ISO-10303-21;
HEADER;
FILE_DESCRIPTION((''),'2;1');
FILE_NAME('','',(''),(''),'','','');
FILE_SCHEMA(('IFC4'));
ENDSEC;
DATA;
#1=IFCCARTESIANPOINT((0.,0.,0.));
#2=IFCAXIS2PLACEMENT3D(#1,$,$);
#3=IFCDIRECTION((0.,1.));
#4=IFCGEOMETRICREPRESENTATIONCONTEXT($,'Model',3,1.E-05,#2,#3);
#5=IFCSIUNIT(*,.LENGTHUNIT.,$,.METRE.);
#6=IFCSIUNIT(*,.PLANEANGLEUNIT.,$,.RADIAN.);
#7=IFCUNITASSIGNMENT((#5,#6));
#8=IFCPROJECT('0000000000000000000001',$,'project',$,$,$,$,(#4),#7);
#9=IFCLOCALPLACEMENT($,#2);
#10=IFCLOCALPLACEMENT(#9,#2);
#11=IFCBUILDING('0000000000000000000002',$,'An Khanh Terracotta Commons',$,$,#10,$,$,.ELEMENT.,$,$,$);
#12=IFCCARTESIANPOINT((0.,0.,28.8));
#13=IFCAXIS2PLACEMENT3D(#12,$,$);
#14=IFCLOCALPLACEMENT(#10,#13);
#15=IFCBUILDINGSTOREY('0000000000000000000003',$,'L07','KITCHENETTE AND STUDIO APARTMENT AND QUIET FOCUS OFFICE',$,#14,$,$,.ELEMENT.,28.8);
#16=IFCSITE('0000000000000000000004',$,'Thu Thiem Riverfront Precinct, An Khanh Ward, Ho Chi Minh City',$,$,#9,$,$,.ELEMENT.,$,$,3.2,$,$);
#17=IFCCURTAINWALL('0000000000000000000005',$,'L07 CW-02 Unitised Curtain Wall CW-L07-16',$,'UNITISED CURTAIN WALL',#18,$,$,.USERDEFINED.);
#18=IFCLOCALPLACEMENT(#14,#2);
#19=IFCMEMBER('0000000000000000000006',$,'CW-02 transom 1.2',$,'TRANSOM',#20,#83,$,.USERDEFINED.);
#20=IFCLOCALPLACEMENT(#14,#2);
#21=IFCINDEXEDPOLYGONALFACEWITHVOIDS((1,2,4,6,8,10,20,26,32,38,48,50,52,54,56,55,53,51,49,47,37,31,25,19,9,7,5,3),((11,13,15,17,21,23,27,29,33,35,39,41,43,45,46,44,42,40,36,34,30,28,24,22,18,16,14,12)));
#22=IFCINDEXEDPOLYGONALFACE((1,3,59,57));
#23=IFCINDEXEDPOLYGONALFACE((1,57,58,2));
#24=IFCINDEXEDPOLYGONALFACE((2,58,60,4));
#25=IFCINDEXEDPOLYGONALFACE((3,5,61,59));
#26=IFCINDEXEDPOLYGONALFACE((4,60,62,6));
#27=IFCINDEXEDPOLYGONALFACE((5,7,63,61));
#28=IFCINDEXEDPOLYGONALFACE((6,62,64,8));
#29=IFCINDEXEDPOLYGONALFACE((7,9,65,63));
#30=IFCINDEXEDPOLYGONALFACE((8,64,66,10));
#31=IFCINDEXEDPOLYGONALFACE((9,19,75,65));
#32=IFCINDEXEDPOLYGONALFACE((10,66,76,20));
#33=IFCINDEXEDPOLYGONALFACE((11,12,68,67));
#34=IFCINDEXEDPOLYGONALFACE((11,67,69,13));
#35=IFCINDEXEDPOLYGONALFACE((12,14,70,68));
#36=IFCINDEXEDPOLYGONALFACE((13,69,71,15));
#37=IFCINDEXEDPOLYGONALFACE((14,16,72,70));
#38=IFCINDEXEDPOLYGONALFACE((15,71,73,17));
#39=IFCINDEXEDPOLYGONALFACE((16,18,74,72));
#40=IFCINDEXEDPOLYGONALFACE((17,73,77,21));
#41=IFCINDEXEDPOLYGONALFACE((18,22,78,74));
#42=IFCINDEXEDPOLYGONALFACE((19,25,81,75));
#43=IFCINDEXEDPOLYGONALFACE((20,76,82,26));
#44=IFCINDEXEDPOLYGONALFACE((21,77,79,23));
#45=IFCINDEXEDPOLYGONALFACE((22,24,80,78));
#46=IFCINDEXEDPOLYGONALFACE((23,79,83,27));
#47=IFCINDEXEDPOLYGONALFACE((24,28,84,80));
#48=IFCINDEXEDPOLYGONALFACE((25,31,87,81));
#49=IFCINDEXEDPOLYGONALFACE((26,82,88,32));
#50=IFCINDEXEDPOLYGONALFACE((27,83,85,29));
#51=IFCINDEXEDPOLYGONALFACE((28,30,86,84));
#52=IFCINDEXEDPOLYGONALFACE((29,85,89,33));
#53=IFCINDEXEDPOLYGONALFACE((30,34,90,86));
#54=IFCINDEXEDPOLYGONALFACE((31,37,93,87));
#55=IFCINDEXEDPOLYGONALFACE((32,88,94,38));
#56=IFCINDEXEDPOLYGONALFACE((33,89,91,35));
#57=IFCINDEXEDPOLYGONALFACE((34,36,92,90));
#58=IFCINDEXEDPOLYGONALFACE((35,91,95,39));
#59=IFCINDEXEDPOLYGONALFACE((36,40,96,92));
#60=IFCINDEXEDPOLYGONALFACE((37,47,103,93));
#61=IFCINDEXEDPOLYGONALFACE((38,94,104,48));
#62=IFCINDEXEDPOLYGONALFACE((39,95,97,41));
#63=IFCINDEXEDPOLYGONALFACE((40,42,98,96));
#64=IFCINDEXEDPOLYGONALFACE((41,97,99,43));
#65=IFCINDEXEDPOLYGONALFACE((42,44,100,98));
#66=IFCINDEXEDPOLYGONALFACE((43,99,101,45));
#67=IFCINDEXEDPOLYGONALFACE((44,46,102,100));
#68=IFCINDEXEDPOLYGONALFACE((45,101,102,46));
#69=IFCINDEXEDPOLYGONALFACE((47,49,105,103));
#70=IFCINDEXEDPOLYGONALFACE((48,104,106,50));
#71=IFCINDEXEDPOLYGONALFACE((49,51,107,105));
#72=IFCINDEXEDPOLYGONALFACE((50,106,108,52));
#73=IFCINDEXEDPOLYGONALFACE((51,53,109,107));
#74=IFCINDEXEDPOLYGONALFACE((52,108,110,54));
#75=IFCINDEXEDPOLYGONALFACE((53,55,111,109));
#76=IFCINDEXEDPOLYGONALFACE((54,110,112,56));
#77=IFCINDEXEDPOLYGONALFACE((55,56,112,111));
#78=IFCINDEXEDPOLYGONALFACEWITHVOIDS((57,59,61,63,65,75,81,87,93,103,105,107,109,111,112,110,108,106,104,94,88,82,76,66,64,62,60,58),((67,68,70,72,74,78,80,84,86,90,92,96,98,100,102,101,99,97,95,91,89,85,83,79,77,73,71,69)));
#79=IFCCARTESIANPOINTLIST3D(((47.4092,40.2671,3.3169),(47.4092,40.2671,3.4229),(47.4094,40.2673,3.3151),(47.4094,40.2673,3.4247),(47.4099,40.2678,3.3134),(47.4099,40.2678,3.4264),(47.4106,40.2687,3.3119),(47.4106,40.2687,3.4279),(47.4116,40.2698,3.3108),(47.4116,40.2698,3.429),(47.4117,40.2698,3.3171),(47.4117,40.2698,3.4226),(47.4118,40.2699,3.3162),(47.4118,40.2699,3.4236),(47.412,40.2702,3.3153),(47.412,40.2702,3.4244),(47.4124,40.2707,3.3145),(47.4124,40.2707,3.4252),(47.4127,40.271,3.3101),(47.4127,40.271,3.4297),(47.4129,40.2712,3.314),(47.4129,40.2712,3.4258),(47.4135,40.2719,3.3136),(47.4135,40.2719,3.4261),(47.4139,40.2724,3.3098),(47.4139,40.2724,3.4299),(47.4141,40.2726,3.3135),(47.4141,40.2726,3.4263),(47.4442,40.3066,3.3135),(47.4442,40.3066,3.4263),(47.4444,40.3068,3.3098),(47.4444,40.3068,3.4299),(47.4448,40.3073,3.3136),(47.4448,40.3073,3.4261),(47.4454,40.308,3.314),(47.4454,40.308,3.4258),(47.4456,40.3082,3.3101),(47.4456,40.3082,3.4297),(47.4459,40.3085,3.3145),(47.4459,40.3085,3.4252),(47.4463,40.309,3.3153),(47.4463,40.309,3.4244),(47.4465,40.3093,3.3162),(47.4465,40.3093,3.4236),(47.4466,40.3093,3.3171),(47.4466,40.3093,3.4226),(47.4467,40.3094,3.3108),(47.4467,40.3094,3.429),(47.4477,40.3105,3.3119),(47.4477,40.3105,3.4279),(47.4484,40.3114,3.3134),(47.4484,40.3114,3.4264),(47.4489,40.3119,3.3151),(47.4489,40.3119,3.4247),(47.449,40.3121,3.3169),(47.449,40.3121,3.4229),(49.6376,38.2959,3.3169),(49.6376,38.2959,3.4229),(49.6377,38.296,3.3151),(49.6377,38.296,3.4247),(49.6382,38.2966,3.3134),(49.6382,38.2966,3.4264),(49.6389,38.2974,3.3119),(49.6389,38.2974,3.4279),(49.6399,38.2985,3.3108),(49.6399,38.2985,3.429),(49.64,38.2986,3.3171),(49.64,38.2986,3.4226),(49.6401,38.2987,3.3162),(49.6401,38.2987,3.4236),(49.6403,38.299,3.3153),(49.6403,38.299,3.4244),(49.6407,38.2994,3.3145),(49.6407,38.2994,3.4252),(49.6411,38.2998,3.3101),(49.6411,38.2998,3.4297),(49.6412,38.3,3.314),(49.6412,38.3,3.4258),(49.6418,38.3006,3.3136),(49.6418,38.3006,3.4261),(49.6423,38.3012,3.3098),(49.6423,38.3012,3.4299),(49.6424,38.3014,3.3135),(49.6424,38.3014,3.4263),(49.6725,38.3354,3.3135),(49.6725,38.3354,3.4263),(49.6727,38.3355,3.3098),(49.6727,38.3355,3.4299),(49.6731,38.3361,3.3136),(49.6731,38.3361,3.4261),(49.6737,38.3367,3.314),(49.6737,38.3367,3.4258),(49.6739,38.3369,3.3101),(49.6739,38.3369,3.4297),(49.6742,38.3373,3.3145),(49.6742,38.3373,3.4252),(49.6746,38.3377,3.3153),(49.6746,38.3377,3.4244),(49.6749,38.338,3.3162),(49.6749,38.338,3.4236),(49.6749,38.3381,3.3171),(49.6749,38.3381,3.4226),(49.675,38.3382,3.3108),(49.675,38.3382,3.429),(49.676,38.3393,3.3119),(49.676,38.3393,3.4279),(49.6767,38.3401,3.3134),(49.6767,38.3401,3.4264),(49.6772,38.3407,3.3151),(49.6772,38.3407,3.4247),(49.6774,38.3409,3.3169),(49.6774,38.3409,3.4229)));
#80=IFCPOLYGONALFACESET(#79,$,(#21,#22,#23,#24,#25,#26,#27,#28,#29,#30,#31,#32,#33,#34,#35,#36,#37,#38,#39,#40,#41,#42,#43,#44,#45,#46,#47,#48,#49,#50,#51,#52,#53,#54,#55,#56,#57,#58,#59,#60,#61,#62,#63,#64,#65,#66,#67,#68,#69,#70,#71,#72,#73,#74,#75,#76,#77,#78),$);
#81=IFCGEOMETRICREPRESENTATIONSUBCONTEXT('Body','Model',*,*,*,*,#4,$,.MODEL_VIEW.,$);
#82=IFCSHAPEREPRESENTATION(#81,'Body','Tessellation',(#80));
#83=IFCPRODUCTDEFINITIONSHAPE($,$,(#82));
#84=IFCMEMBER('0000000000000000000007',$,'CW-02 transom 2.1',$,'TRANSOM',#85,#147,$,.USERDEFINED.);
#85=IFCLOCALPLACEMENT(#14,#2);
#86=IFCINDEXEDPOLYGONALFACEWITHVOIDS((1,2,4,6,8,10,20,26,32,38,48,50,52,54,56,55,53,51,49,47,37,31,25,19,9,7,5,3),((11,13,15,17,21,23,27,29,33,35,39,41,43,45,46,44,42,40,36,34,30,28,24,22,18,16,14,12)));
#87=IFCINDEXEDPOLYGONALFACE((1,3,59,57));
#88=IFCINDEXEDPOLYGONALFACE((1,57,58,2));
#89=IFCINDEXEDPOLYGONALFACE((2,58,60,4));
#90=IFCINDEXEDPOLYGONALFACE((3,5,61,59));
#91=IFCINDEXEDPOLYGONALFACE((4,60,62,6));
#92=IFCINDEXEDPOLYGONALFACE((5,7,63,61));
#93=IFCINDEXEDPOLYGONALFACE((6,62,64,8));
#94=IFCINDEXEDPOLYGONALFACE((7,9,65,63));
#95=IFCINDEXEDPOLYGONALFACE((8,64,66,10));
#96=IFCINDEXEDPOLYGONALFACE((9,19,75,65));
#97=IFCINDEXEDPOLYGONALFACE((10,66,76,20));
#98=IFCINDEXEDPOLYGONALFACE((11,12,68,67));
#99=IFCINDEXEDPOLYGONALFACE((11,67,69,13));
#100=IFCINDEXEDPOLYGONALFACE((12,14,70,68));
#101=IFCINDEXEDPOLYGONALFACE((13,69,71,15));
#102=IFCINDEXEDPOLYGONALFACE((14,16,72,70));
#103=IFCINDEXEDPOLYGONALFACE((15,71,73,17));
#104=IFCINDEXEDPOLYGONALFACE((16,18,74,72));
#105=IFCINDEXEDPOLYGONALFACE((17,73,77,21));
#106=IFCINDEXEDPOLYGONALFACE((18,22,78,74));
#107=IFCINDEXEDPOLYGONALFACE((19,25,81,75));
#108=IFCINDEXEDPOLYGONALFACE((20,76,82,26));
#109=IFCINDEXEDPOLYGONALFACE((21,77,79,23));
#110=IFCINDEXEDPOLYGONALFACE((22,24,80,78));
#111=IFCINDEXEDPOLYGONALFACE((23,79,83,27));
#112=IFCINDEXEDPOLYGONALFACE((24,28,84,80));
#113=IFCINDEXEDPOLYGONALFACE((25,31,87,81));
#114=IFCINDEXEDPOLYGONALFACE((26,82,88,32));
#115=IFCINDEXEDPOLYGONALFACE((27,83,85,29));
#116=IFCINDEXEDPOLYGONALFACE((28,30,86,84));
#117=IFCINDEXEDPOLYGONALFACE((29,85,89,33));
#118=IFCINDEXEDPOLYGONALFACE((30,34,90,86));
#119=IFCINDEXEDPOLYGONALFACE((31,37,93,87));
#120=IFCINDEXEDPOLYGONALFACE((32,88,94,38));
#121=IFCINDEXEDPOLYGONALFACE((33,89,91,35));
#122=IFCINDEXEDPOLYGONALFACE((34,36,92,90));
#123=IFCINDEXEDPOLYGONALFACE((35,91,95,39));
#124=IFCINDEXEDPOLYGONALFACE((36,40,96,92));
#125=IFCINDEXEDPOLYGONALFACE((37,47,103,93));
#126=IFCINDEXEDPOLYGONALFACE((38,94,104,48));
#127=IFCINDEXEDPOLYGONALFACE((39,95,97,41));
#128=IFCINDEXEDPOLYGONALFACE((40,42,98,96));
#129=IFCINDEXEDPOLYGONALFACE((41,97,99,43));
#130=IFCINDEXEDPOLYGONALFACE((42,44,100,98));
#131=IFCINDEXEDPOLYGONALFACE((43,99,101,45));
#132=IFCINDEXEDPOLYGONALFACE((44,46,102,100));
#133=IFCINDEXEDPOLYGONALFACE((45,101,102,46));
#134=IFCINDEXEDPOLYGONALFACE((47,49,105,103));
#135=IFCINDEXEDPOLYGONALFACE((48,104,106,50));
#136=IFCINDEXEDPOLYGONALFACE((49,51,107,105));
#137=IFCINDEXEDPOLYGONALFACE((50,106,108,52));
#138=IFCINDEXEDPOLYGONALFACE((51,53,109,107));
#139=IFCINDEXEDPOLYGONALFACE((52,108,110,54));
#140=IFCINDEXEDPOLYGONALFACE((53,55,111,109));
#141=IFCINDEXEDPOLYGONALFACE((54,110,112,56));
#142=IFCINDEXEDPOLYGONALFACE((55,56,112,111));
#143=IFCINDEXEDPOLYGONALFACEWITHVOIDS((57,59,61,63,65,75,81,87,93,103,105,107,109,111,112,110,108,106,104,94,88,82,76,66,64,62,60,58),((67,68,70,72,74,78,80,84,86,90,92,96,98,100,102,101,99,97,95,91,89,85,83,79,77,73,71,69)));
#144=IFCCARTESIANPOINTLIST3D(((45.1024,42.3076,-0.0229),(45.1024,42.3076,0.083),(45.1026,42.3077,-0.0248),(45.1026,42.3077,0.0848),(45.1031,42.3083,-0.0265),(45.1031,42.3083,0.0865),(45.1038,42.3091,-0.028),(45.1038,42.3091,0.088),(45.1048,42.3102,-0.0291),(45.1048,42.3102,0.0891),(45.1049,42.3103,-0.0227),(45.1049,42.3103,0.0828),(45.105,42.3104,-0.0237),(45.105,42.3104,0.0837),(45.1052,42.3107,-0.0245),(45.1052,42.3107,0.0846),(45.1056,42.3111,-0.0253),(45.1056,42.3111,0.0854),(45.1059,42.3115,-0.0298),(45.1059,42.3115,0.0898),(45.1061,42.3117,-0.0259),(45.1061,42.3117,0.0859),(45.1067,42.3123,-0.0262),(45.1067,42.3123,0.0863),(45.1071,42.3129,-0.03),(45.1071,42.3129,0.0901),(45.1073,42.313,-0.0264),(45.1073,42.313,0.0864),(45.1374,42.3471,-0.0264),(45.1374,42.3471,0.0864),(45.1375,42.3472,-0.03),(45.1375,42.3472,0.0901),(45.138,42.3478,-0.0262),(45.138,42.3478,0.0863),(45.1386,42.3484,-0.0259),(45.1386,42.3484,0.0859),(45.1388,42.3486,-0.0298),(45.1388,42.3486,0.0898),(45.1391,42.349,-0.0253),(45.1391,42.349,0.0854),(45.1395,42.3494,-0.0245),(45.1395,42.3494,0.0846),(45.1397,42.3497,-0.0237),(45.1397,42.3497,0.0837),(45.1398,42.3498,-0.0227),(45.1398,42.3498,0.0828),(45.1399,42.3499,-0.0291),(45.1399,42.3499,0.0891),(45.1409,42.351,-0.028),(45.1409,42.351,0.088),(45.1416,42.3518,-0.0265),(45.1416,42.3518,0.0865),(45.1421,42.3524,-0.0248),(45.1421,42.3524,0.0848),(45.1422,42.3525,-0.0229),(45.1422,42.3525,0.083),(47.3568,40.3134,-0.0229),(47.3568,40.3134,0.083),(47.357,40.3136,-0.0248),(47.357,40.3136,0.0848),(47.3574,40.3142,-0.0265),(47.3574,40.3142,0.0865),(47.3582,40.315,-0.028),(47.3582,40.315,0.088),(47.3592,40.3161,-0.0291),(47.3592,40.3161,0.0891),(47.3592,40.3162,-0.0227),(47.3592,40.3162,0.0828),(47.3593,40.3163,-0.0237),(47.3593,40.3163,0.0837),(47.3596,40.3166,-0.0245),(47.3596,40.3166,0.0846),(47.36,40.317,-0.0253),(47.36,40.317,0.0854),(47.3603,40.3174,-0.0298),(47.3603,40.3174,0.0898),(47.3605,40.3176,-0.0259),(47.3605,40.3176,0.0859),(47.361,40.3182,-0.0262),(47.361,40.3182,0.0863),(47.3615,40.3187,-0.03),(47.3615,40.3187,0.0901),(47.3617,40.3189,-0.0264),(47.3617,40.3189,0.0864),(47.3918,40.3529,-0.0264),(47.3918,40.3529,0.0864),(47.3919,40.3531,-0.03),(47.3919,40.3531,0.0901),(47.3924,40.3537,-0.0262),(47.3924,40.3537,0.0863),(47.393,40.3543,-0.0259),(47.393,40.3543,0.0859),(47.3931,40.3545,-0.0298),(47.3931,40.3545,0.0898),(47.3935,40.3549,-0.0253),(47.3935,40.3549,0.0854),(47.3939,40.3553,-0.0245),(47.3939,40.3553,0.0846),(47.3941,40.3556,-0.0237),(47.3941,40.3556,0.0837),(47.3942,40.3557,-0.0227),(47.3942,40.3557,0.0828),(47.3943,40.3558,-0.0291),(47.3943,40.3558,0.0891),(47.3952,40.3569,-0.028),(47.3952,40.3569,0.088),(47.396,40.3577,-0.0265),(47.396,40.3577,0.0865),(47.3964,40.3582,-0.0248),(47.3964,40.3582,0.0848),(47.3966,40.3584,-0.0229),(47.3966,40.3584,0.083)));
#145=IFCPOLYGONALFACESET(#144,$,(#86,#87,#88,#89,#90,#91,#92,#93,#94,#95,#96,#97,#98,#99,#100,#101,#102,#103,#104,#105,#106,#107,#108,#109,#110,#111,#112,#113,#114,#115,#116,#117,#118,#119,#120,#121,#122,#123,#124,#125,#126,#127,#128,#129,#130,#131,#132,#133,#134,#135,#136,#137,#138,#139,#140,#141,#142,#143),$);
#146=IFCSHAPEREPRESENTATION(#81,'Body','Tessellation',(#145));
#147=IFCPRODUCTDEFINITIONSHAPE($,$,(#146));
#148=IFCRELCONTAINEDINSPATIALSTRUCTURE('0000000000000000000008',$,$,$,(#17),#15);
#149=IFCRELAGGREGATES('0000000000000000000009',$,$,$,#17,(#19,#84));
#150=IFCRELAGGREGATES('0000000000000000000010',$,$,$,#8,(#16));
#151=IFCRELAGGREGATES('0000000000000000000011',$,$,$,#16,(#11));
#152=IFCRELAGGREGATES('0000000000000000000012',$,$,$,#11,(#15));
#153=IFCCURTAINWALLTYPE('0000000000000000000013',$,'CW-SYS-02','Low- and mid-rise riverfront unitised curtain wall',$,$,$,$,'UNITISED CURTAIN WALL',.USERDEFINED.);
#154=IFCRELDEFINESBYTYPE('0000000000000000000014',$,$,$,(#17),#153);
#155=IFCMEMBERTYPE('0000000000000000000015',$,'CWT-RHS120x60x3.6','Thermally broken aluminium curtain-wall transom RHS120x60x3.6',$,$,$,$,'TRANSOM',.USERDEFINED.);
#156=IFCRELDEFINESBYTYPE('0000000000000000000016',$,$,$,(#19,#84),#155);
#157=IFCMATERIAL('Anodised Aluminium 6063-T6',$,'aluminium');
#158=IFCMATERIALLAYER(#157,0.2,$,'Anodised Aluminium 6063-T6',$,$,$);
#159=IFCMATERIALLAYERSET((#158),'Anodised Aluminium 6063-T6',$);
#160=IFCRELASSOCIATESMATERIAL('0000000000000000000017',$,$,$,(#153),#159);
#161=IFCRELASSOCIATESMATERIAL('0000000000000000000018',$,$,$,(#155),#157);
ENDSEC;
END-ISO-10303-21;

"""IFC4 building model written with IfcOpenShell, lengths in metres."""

from ifc_helpers import new_model, si_unit, direction, frame, origin, origin_2d, place, context, subcontext, project, spatial, hollow_rectangle, extrude, material, layer, layer_set, material_profile, profile_set, type_object, element, aggregate, save


model = new_model("IFC4")

# Units and contexts
model_context = context("Model", 3, precision=1e-05, world=origin(), true_north=direction((0.0, 1.0)))
body_context = subcontext(model_context, "Body", "Model", "MODEL_VIEW")
ifc_project = project(units=[si_unit("LENGTHUNIT", "METRE"), si_unit("PLANEANGLEUNIT", "RADIAN")], contexts=[model_context])

# Site, building, storey
site_placement = place(None, origin())
site = spatial("IfcSite", under=ifc_project, at=site_placement, Name="Thu Thiem Riverfront Precinct, An Khanh Ward, Ho Chi Minh City", CompositionType="ELEMENT", RefElevation=3.2)
building_placement = place(site_placement, origin())
building = spatial("IfcBuilding", under=site, at=building_placement, Name="An Khanh Terracotta Commons", CompositionType="ELEMENT")
storey_placement = place(building_placement, frame((0.0, 0.0, 28.8)))
storey = spatial("IfcBuildingStorey", under=building, at=storey_placement, Name="L07", Description="KITCHENETTE AND STUDIO APARTMENT AND QUIET FOCUS OFFICE", CompositionType="ELEMENT", Elevation=28.8)

# Shared definitions
ifc_material_1 = material(Name="Anodised Aluminium 6063-T6", Category="aluminium")
ifc_layer_1 = layer(ifc_material_1, 0.2, Name="Anodised Aluminium 6063-T6")
ifc_layer_set_1 = layer_set([ifc_layer_1], Name="Anodised Aluminium 6063-T6")
curtain_wall_type = type_object("IfcCurtainWallType", Name="CW-SYS-02", Description="Low- and mid-rise riverfront unitised curtain wall", ElementType="UNITISED CURTAIN WALL", PredefinedType="USERDEFINED", material=ifc_layer_set_1)

# Curtain wall, members
curtain_wall_1_placement = place(storey_placement, origin())
curtain_wall_1 = element("IfcCurtainWall", 1, at=curtain_wall_1_placement, inside=storey, type_object=curtain_wall_type, Name="L07 CW-02 Unitised Curtain Wall CW-L07-16", ObjectType="UNITISED CURTAIN WALL", PredefinedType="USERDEFINED")
ifc_material_profile_1 = material_profile(ifc_material_1, hollow_rectangle(XDim=0.0601, YDim=0.1201, WallThickness=0.0037, InnerFilletRadius=0.0037, OuterFilletRadius=0.0071, at=origin_2d()), Name="RHS120x60x3.6")
ifc_profile_set_1 = profile_set([ifc_material_profile_1], Name="Anodised Aluminium 6063-T6")
member_type_1 = type_object("IfcMemberType", Name="CWT-RHS120x60x3.6", Description="Thermally broken aluminium curtain-wall transom RHS120x60x3.6", ElementType="TRANSOM", PredefinedType="USERDEFINED", material=ifc_profile_set_1)
member_1_placement = place(storey_placement, frame((49.6575, 38.3184, 3.3699), z_axis=(-0.748992, 0.662579, 0.0), x_axis=(-0.662579, -0.748992, 0.0)))
member_1 = element("IfcMember", 2, at=member_1_placement, type_object=member_type_1, Name="CW-02 transom 1.2", ObjectType="TRANSOM", PredefinedType="USERDEFINED", context=body_context, shape_type="SweptSolid", body=[
    extrude(hollow_rectangle(XDim=0.0601, YDim=0.1201, WallThickness=0.0037, InnerFilletRadius=0.0037, OuterFilletRadius=0.0071, at=origin_2d()), origin(), (0.0, 0.0, 1.0), 2.9751),
])
member_2_placement = place(storey_placement, frame((47.3767, 40.3359, 0.03), z_axis=(-0.749018, 0.662549, 0.0), x_axis=(-0.662549, -0.749018, 0.0)))
member_2 = element("IfcMember", 3, at=member_2_placement, type_object=member_type_1, Name="CW-02 transom 2.1", ObjectType="TRANSOM", PredefinedType="USERDEFINED", context=body_context, shape_type="SweptSolid", body=[
    extrude(hollow_rectangle(XDim=0.0601, YDim=0.1201, WallThickness=0.0037, InnerFilletRadius=0.0037, OuterFilletRadius=0.0071, at=origin_2d()), origin(), (0.0, 0.0, 1.0), 3.0098),
])
aggregate(curtain_wall_1, [member_1, member_2])

save(model, "model.ifc")
